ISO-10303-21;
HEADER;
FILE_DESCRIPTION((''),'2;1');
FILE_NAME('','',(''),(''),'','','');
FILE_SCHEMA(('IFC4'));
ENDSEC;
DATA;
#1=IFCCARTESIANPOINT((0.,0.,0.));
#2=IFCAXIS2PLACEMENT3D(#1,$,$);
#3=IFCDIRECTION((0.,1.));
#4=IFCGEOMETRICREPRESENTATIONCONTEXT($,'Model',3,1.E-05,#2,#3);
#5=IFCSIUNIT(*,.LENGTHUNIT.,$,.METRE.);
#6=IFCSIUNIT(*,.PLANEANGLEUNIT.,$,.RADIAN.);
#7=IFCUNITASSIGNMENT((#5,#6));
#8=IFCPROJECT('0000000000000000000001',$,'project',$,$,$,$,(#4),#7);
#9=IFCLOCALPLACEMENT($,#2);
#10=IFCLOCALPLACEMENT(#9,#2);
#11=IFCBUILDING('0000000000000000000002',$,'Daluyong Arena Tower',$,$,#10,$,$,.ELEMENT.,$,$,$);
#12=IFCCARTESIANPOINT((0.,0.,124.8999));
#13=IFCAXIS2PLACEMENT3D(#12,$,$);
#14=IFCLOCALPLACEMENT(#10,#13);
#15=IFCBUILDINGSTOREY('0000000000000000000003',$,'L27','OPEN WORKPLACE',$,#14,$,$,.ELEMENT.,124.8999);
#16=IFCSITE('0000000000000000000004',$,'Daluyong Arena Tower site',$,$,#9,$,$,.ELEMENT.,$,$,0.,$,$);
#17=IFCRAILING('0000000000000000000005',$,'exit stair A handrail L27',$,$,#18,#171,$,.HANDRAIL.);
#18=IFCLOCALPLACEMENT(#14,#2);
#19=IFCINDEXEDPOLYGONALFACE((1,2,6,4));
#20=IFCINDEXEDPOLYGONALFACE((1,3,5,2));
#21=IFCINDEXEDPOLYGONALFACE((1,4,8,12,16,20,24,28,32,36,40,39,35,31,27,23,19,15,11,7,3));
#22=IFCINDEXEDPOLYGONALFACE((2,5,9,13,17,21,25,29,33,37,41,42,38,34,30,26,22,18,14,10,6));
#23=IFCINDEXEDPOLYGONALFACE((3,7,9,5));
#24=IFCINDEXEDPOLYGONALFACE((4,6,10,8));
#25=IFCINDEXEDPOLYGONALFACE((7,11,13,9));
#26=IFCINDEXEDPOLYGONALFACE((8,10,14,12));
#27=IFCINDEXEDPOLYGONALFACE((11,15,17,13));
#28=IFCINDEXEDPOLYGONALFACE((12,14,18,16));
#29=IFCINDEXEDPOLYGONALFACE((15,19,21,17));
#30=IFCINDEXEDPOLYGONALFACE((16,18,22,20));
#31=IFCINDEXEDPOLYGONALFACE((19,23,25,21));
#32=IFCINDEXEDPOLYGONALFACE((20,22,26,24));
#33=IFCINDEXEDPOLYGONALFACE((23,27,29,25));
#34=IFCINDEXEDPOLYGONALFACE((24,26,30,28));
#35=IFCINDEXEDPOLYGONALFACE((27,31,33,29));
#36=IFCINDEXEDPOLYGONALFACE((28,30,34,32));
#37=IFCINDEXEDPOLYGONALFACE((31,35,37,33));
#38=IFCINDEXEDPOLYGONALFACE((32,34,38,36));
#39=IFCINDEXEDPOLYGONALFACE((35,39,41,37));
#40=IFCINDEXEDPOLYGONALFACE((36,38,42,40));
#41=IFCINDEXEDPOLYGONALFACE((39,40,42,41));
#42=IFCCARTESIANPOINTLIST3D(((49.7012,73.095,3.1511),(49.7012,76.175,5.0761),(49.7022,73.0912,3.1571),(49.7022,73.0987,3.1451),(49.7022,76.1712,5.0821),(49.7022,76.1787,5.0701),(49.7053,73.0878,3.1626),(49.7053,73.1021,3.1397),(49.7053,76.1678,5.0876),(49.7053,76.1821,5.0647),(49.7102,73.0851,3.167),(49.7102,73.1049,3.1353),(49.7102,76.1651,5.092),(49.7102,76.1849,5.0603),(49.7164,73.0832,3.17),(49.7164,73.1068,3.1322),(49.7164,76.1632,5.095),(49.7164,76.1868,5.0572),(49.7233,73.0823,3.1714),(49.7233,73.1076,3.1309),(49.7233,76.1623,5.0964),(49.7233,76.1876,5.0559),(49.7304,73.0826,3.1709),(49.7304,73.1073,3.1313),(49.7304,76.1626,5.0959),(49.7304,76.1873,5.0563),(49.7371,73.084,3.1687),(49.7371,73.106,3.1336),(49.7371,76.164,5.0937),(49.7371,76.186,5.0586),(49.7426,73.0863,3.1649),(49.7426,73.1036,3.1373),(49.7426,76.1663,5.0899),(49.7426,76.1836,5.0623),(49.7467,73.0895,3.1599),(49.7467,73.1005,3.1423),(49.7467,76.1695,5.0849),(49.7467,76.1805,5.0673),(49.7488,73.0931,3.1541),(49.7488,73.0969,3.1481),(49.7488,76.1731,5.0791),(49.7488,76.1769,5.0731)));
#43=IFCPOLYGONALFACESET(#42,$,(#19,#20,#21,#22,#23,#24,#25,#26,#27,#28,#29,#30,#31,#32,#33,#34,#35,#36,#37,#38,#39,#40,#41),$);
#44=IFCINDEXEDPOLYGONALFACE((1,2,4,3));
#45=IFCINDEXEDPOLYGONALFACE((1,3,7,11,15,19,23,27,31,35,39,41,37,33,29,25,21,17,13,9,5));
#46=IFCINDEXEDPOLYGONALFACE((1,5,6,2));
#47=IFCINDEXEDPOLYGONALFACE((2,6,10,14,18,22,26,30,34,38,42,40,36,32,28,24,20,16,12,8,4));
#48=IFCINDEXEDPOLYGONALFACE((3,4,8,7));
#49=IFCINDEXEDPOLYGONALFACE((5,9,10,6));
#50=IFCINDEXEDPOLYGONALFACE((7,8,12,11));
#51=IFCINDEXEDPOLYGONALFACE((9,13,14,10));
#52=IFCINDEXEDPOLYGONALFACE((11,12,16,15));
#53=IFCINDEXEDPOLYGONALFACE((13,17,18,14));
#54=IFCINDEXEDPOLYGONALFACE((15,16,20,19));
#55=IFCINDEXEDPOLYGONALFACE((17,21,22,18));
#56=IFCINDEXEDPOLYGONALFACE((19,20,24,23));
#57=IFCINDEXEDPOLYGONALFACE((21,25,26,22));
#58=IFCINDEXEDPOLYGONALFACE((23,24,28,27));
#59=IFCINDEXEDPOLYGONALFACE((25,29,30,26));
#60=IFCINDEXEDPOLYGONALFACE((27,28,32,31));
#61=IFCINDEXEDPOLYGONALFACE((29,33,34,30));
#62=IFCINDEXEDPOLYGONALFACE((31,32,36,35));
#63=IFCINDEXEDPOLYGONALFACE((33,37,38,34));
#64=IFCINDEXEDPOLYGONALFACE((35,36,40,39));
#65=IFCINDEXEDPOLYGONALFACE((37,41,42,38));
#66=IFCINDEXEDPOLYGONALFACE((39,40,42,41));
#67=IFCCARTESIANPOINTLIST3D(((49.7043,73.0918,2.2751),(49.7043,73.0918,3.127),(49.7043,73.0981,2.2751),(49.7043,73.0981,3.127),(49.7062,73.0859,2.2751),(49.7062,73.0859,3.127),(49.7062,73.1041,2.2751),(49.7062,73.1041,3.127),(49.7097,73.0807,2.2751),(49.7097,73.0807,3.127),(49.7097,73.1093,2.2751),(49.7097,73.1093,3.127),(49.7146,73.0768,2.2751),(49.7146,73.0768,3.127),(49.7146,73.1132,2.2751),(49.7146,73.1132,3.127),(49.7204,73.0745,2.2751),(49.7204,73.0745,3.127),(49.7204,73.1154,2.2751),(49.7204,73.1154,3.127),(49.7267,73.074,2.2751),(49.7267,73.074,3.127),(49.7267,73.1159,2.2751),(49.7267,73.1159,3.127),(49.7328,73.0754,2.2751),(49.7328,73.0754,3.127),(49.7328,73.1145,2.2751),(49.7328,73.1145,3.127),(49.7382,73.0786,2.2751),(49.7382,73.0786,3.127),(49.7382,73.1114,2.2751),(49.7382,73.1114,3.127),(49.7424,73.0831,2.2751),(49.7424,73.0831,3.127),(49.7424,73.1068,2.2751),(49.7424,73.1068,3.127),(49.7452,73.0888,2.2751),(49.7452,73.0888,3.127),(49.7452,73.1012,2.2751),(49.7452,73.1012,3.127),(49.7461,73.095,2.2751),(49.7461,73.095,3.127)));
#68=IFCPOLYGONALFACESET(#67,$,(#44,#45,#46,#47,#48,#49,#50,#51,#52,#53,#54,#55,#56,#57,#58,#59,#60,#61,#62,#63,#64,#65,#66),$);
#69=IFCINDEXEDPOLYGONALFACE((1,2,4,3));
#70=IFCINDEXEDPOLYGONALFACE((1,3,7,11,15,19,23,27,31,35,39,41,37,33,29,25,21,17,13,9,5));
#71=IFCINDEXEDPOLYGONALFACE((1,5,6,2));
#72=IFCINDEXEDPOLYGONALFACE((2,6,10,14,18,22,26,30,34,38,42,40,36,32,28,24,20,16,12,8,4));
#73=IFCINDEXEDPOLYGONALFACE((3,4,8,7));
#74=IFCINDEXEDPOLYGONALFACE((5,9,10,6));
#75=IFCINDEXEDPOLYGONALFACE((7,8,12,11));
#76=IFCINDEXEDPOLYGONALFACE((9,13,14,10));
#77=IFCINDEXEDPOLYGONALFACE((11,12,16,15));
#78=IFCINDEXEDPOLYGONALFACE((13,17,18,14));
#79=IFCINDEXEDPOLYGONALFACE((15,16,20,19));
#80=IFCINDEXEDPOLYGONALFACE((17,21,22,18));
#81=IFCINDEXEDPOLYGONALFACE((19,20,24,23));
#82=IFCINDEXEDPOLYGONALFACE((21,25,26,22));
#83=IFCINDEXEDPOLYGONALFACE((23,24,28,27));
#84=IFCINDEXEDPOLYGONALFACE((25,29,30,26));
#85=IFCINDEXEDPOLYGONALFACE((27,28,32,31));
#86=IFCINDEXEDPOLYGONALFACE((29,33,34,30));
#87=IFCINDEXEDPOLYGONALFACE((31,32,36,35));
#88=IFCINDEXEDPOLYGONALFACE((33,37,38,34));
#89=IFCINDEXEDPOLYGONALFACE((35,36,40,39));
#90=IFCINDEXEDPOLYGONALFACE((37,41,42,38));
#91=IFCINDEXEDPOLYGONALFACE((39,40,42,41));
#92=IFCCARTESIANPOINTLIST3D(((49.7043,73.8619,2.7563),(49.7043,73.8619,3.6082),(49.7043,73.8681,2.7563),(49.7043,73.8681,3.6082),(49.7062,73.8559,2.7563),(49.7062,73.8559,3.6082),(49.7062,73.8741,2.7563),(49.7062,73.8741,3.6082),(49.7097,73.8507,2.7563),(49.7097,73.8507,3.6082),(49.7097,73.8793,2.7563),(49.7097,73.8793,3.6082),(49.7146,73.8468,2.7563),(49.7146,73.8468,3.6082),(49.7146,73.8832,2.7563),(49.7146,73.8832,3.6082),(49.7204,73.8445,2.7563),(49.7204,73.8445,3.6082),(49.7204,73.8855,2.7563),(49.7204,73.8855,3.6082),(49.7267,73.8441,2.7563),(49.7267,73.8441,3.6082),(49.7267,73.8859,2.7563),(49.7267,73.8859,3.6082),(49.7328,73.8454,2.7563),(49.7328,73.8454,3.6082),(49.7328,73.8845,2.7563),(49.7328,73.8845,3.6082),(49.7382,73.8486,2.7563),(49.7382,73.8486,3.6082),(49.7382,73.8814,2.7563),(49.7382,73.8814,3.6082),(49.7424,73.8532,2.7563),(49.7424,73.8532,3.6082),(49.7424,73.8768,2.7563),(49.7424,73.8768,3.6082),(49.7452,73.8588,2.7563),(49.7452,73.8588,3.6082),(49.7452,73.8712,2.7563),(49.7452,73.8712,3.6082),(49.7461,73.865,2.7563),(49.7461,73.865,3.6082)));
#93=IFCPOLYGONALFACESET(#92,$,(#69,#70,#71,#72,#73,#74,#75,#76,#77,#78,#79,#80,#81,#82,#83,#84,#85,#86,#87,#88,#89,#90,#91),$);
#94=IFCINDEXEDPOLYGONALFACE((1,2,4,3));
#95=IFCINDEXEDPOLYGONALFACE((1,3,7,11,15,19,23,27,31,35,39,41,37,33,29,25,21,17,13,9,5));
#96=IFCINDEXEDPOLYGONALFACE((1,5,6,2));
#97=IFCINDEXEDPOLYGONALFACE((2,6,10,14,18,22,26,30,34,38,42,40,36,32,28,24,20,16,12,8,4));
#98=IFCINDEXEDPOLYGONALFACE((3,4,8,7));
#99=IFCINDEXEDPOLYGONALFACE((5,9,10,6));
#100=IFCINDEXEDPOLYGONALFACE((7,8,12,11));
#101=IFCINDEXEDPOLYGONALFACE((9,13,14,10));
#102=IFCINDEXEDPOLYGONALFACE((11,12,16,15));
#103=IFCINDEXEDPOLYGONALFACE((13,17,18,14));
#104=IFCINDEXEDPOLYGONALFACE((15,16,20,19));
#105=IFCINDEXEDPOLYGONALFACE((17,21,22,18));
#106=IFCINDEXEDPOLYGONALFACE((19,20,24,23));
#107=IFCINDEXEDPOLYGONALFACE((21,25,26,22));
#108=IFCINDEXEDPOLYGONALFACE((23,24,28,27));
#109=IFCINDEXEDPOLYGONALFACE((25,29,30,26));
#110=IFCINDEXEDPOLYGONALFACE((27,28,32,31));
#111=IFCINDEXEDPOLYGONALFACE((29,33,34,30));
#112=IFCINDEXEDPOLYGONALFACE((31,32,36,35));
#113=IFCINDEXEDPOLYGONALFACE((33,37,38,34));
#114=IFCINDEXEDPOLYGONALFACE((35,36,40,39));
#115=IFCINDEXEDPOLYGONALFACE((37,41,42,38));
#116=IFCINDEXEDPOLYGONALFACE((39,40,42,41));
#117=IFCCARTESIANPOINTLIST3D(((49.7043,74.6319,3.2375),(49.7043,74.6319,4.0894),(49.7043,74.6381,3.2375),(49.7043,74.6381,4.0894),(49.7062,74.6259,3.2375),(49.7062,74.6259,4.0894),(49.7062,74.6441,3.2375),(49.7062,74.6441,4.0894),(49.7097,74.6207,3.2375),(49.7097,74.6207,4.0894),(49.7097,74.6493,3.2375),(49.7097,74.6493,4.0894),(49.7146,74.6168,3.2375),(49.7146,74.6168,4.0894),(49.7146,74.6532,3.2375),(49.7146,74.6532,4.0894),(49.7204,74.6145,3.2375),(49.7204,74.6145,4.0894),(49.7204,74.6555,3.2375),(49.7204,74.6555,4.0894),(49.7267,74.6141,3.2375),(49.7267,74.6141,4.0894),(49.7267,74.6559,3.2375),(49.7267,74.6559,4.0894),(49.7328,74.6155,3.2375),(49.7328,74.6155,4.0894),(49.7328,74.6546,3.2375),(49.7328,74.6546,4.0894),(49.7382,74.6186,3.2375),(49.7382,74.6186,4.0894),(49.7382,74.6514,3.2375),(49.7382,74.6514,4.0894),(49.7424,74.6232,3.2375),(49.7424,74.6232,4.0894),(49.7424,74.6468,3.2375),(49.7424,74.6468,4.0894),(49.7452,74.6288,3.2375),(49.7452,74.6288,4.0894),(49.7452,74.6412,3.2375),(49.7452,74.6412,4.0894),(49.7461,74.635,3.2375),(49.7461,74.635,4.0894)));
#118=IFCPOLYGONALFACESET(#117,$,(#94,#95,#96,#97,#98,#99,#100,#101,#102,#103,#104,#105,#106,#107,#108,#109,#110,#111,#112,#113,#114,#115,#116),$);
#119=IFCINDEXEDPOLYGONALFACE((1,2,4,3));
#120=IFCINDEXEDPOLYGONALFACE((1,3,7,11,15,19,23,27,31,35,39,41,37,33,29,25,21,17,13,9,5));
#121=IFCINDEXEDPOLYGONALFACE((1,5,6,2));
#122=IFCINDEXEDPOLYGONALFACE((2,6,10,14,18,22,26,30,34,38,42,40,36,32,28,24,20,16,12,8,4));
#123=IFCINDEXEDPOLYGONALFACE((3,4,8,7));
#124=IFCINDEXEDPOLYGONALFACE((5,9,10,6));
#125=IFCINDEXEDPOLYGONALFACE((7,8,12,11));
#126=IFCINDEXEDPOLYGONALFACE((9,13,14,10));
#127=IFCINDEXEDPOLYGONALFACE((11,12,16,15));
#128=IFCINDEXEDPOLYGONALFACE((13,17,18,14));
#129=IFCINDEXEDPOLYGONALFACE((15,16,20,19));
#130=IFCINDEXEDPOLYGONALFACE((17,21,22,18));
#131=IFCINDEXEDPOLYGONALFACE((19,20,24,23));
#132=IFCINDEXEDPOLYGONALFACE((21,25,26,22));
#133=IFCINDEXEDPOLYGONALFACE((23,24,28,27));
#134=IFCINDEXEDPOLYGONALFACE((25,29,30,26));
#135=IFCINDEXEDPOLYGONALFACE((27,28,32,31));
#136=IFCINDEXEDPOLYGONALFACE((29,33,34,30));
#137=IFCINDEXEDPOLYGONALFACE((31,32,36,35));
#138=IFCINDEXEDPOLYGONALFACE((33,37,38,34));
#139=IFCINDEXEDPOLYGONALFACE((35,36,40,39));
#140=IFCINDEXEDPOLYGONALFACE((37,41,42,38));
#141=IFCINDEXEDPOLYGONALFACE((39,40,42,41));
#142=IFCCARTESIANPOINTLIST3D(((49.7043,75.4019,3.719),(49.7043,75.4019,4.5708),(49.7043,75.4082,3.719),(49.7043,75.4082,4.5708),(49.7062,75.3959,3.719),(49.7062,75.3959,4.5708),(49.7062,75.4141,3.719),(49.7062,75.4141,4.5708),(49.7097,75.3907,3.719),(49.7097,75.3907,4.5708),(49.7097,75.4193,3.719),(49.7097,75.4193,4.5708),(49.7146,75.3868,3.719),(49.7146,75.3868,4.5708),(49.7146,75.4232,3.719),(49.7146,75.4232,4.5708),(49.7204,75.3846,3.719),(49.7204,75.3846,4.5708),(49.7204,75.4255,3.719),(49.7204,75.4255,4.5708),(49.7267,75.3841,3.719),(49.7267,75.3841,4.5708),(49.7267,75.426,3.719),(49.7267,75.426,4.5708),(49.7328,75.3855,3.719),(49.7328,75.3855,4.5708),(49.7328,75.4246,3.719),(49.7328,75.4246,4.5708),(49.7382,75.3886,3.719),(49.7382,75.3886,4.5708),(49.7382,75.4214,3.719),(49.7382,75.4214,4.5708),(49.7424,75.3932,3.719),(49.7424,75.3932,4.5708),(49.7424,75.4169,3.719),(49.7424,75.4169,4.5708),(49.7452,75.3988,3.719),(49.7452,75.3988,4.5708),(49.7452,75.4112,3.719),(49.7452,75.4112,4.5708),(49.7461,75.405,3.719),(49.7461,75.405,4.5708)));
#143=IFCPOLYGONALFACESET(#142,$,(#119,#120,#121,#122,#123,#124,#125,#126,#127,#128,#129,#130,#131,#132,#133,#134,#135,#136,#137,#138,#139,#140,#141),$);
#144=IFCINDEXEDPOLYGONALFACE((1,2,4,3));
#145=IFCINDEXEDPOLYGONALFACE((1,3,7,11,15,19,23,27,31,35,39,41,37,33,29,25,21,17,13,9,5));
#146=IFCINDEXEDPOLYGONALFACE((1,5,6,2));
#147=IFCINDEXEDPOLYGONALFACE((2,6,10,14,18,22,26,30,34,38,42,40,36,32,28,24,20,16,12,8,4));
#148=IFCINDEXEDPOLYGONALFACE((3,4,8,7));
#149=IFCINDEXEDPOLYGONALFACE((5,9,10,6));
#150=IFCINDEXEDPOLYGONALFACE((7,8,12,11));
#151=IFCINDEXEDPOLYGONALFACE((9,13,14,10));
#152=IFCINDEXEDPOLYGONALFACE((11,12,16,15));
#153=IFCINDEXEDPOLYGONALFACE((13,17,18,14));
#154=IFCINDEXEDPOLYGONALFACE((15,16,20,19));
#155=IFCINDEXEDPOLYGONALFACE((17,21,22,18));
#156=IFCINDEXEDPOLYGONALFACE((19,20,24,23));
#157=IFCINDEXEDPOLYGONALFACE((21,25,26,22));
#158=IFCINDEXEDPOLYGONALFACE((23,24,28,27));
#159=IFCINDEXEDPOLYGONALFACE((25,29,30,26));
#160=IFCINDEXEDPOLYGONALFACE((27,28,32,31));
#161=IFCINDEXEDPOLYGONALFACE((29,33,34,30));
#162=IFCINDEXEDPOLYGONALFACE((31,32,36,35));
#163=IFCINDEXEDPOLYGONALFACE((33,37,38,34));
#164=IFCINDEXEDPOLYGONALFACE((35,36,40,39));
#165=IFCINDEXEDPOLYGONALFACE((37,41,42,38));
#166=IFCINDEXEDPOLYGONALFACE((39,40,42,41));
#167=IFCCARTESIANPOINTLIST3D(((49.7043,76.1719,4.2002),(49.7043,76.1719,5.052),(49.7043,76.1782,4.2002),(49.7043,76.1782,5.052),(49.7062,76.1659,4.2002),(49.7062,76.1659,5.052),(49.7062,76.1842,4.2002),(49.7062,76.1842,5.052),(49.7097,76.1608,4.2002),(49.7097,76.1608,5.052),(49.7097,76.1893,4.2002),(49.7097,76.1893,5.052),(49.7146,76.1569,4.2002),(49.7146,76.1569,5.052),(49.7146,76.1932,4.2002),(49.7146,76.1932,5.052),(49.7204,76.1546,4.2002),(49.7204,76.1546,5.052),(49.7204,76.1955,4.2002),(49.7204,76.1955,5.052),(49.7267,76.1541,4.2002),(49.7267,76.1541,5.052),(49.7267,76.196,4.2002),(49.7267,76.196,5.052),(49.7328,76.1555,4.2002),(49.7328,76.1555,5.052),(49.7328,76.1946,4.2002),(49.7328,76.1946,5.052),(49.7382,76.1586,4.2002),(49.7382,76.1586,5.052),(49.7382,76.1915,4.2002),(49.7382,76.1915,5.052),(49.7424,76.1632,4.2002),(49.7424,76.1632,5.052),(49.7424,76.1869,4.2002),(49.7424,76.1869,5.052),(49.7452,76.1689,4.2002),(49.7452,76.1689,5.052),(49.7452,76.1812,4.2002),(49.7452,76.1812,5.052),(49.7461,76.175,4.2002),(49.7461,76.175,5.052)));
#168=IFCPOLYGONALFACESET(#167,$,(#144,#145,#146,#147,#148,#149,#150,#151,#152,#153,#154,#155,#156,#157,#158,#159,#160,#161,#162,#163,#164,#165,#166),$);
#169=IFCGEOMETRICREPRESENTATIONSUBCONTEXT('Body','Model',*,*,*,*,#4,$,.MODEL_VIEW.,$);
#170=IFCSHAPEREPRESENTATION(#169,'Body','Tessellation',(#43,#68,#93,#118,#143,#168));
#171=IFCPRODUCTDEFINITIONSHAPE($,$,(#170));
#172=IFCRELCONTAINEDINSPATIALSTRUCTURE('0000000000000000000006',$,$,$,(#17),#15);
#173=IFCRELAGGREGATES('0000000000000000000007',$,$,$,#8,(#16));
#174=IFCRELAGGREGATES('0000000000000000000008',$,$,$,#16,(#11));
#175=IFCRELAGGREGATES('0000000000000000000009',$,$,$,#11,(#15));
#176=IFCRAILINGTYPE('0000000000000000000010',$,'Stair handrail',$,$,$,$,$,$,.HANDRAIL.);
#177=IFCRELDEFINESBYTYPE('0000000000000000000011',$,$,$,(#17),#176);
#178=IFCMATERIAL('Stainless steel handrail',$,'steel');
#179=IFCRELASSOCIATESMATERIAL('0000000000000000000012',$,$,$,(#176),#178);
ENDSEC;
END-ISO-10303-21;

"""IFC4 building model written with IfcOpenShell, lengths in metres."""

from ifc_helpers import new_model, si_unit, direction, frame, origin, origin_2d, place, context, subcontext, project, spatial, circle, extrude, material, type_object, element, save


model = new_model("IFC4")

# Units and contexts
model_context = context("Model", 3, precision=1e-05, world=origin(), true_north=direction((0.0, 1.0)))
body_context = subcontext(model_context, "Body", "Model", "MODEL_VIEW")
ifc_project = project(units=[si_unit("LENGTHUNIT", "METRE"), si_unit("PLANEANGLEUNIT", "RADIAN")], contexts=[model_context])

# Site, building, storey
site_placement = place(None, origin())
site = spatial("IfcSite", under=ifc_project, at=site_placement, Name="Daluyong Arena Tower site", CompositionType="ELEMENT", RefElevation=0.0)
building_placement = place(site_placement, origin())
building = spatial("IfcBuilding", under=site, at=building_placement, Name="Daluyong Arena Tower", CompositionType="ELEMENT")
storey_placement = place(building_placement, frame((0.0, 0.0, 124.8999)))
storey = spatial("IfcBuildingStorey", under=building, at=storey_placement, Name="L27", Description="OPEN WORKPLACE", CompositionType="ELEMENT", Elevation=124.8999)

# Railing
ifc_material_1 = material(Name="Stainless steel handrail", Category="steel")
railing_type_1 = type_object("IfcRailingType", Name="Stair handrail", PredefinedType="HANDRAIL", material=ifc_material_1)
railing_1_placement = place(storey_placement, frame((49.7251, 73.095, 2.2751)))
element("IfcRailing", 1, at=railing_1_placement, inside=storey, type_object=railing_type_1, Name="exit stair A handrail L27", PredefinedType="HANDRAIL", context=body_context, shape_type="SweptSolid", body=[
    extrude(circle(Radius=0.0239, at=origin_2d()), frame((0.0, 0.0, 0.876), z_axis=(0.0, 0.847998, 0.529999), x_axis=(-1.0, 0.0, 0.0)), (0.0, 0.0, 1.0), 3.6321),
    extrude(circle(Radius=0.021, at=origin_2d()), origin(), (0.0, 0.0, 1.0), 0.8518),
    extrude(circle(Radius=0.021, at=origin_2d()), frame((0.0, 0.77, 0.4812)), (0.0, 0.0, 1.0), 0.8518),
    extrude(circle(Radius=0.021, at=origin_2d()), frame((0.0, 1.54, 0.9624)), (0.0, 0.0, 1.0), 0.8518),
    extrude(circle(Radius=0.021, at=origin_2d()), frame((0.0, 2.3101, 1.4438)), (0.0, 0.0, 1.0), 0.8518),
    extrude(circle(Radius=0.021, at=origin_2d()), frame((0.0, 3.0801, 1.925)), (0.0, 0.0, 1.0), 0.8518),
])

save(model, "model.ifc")
